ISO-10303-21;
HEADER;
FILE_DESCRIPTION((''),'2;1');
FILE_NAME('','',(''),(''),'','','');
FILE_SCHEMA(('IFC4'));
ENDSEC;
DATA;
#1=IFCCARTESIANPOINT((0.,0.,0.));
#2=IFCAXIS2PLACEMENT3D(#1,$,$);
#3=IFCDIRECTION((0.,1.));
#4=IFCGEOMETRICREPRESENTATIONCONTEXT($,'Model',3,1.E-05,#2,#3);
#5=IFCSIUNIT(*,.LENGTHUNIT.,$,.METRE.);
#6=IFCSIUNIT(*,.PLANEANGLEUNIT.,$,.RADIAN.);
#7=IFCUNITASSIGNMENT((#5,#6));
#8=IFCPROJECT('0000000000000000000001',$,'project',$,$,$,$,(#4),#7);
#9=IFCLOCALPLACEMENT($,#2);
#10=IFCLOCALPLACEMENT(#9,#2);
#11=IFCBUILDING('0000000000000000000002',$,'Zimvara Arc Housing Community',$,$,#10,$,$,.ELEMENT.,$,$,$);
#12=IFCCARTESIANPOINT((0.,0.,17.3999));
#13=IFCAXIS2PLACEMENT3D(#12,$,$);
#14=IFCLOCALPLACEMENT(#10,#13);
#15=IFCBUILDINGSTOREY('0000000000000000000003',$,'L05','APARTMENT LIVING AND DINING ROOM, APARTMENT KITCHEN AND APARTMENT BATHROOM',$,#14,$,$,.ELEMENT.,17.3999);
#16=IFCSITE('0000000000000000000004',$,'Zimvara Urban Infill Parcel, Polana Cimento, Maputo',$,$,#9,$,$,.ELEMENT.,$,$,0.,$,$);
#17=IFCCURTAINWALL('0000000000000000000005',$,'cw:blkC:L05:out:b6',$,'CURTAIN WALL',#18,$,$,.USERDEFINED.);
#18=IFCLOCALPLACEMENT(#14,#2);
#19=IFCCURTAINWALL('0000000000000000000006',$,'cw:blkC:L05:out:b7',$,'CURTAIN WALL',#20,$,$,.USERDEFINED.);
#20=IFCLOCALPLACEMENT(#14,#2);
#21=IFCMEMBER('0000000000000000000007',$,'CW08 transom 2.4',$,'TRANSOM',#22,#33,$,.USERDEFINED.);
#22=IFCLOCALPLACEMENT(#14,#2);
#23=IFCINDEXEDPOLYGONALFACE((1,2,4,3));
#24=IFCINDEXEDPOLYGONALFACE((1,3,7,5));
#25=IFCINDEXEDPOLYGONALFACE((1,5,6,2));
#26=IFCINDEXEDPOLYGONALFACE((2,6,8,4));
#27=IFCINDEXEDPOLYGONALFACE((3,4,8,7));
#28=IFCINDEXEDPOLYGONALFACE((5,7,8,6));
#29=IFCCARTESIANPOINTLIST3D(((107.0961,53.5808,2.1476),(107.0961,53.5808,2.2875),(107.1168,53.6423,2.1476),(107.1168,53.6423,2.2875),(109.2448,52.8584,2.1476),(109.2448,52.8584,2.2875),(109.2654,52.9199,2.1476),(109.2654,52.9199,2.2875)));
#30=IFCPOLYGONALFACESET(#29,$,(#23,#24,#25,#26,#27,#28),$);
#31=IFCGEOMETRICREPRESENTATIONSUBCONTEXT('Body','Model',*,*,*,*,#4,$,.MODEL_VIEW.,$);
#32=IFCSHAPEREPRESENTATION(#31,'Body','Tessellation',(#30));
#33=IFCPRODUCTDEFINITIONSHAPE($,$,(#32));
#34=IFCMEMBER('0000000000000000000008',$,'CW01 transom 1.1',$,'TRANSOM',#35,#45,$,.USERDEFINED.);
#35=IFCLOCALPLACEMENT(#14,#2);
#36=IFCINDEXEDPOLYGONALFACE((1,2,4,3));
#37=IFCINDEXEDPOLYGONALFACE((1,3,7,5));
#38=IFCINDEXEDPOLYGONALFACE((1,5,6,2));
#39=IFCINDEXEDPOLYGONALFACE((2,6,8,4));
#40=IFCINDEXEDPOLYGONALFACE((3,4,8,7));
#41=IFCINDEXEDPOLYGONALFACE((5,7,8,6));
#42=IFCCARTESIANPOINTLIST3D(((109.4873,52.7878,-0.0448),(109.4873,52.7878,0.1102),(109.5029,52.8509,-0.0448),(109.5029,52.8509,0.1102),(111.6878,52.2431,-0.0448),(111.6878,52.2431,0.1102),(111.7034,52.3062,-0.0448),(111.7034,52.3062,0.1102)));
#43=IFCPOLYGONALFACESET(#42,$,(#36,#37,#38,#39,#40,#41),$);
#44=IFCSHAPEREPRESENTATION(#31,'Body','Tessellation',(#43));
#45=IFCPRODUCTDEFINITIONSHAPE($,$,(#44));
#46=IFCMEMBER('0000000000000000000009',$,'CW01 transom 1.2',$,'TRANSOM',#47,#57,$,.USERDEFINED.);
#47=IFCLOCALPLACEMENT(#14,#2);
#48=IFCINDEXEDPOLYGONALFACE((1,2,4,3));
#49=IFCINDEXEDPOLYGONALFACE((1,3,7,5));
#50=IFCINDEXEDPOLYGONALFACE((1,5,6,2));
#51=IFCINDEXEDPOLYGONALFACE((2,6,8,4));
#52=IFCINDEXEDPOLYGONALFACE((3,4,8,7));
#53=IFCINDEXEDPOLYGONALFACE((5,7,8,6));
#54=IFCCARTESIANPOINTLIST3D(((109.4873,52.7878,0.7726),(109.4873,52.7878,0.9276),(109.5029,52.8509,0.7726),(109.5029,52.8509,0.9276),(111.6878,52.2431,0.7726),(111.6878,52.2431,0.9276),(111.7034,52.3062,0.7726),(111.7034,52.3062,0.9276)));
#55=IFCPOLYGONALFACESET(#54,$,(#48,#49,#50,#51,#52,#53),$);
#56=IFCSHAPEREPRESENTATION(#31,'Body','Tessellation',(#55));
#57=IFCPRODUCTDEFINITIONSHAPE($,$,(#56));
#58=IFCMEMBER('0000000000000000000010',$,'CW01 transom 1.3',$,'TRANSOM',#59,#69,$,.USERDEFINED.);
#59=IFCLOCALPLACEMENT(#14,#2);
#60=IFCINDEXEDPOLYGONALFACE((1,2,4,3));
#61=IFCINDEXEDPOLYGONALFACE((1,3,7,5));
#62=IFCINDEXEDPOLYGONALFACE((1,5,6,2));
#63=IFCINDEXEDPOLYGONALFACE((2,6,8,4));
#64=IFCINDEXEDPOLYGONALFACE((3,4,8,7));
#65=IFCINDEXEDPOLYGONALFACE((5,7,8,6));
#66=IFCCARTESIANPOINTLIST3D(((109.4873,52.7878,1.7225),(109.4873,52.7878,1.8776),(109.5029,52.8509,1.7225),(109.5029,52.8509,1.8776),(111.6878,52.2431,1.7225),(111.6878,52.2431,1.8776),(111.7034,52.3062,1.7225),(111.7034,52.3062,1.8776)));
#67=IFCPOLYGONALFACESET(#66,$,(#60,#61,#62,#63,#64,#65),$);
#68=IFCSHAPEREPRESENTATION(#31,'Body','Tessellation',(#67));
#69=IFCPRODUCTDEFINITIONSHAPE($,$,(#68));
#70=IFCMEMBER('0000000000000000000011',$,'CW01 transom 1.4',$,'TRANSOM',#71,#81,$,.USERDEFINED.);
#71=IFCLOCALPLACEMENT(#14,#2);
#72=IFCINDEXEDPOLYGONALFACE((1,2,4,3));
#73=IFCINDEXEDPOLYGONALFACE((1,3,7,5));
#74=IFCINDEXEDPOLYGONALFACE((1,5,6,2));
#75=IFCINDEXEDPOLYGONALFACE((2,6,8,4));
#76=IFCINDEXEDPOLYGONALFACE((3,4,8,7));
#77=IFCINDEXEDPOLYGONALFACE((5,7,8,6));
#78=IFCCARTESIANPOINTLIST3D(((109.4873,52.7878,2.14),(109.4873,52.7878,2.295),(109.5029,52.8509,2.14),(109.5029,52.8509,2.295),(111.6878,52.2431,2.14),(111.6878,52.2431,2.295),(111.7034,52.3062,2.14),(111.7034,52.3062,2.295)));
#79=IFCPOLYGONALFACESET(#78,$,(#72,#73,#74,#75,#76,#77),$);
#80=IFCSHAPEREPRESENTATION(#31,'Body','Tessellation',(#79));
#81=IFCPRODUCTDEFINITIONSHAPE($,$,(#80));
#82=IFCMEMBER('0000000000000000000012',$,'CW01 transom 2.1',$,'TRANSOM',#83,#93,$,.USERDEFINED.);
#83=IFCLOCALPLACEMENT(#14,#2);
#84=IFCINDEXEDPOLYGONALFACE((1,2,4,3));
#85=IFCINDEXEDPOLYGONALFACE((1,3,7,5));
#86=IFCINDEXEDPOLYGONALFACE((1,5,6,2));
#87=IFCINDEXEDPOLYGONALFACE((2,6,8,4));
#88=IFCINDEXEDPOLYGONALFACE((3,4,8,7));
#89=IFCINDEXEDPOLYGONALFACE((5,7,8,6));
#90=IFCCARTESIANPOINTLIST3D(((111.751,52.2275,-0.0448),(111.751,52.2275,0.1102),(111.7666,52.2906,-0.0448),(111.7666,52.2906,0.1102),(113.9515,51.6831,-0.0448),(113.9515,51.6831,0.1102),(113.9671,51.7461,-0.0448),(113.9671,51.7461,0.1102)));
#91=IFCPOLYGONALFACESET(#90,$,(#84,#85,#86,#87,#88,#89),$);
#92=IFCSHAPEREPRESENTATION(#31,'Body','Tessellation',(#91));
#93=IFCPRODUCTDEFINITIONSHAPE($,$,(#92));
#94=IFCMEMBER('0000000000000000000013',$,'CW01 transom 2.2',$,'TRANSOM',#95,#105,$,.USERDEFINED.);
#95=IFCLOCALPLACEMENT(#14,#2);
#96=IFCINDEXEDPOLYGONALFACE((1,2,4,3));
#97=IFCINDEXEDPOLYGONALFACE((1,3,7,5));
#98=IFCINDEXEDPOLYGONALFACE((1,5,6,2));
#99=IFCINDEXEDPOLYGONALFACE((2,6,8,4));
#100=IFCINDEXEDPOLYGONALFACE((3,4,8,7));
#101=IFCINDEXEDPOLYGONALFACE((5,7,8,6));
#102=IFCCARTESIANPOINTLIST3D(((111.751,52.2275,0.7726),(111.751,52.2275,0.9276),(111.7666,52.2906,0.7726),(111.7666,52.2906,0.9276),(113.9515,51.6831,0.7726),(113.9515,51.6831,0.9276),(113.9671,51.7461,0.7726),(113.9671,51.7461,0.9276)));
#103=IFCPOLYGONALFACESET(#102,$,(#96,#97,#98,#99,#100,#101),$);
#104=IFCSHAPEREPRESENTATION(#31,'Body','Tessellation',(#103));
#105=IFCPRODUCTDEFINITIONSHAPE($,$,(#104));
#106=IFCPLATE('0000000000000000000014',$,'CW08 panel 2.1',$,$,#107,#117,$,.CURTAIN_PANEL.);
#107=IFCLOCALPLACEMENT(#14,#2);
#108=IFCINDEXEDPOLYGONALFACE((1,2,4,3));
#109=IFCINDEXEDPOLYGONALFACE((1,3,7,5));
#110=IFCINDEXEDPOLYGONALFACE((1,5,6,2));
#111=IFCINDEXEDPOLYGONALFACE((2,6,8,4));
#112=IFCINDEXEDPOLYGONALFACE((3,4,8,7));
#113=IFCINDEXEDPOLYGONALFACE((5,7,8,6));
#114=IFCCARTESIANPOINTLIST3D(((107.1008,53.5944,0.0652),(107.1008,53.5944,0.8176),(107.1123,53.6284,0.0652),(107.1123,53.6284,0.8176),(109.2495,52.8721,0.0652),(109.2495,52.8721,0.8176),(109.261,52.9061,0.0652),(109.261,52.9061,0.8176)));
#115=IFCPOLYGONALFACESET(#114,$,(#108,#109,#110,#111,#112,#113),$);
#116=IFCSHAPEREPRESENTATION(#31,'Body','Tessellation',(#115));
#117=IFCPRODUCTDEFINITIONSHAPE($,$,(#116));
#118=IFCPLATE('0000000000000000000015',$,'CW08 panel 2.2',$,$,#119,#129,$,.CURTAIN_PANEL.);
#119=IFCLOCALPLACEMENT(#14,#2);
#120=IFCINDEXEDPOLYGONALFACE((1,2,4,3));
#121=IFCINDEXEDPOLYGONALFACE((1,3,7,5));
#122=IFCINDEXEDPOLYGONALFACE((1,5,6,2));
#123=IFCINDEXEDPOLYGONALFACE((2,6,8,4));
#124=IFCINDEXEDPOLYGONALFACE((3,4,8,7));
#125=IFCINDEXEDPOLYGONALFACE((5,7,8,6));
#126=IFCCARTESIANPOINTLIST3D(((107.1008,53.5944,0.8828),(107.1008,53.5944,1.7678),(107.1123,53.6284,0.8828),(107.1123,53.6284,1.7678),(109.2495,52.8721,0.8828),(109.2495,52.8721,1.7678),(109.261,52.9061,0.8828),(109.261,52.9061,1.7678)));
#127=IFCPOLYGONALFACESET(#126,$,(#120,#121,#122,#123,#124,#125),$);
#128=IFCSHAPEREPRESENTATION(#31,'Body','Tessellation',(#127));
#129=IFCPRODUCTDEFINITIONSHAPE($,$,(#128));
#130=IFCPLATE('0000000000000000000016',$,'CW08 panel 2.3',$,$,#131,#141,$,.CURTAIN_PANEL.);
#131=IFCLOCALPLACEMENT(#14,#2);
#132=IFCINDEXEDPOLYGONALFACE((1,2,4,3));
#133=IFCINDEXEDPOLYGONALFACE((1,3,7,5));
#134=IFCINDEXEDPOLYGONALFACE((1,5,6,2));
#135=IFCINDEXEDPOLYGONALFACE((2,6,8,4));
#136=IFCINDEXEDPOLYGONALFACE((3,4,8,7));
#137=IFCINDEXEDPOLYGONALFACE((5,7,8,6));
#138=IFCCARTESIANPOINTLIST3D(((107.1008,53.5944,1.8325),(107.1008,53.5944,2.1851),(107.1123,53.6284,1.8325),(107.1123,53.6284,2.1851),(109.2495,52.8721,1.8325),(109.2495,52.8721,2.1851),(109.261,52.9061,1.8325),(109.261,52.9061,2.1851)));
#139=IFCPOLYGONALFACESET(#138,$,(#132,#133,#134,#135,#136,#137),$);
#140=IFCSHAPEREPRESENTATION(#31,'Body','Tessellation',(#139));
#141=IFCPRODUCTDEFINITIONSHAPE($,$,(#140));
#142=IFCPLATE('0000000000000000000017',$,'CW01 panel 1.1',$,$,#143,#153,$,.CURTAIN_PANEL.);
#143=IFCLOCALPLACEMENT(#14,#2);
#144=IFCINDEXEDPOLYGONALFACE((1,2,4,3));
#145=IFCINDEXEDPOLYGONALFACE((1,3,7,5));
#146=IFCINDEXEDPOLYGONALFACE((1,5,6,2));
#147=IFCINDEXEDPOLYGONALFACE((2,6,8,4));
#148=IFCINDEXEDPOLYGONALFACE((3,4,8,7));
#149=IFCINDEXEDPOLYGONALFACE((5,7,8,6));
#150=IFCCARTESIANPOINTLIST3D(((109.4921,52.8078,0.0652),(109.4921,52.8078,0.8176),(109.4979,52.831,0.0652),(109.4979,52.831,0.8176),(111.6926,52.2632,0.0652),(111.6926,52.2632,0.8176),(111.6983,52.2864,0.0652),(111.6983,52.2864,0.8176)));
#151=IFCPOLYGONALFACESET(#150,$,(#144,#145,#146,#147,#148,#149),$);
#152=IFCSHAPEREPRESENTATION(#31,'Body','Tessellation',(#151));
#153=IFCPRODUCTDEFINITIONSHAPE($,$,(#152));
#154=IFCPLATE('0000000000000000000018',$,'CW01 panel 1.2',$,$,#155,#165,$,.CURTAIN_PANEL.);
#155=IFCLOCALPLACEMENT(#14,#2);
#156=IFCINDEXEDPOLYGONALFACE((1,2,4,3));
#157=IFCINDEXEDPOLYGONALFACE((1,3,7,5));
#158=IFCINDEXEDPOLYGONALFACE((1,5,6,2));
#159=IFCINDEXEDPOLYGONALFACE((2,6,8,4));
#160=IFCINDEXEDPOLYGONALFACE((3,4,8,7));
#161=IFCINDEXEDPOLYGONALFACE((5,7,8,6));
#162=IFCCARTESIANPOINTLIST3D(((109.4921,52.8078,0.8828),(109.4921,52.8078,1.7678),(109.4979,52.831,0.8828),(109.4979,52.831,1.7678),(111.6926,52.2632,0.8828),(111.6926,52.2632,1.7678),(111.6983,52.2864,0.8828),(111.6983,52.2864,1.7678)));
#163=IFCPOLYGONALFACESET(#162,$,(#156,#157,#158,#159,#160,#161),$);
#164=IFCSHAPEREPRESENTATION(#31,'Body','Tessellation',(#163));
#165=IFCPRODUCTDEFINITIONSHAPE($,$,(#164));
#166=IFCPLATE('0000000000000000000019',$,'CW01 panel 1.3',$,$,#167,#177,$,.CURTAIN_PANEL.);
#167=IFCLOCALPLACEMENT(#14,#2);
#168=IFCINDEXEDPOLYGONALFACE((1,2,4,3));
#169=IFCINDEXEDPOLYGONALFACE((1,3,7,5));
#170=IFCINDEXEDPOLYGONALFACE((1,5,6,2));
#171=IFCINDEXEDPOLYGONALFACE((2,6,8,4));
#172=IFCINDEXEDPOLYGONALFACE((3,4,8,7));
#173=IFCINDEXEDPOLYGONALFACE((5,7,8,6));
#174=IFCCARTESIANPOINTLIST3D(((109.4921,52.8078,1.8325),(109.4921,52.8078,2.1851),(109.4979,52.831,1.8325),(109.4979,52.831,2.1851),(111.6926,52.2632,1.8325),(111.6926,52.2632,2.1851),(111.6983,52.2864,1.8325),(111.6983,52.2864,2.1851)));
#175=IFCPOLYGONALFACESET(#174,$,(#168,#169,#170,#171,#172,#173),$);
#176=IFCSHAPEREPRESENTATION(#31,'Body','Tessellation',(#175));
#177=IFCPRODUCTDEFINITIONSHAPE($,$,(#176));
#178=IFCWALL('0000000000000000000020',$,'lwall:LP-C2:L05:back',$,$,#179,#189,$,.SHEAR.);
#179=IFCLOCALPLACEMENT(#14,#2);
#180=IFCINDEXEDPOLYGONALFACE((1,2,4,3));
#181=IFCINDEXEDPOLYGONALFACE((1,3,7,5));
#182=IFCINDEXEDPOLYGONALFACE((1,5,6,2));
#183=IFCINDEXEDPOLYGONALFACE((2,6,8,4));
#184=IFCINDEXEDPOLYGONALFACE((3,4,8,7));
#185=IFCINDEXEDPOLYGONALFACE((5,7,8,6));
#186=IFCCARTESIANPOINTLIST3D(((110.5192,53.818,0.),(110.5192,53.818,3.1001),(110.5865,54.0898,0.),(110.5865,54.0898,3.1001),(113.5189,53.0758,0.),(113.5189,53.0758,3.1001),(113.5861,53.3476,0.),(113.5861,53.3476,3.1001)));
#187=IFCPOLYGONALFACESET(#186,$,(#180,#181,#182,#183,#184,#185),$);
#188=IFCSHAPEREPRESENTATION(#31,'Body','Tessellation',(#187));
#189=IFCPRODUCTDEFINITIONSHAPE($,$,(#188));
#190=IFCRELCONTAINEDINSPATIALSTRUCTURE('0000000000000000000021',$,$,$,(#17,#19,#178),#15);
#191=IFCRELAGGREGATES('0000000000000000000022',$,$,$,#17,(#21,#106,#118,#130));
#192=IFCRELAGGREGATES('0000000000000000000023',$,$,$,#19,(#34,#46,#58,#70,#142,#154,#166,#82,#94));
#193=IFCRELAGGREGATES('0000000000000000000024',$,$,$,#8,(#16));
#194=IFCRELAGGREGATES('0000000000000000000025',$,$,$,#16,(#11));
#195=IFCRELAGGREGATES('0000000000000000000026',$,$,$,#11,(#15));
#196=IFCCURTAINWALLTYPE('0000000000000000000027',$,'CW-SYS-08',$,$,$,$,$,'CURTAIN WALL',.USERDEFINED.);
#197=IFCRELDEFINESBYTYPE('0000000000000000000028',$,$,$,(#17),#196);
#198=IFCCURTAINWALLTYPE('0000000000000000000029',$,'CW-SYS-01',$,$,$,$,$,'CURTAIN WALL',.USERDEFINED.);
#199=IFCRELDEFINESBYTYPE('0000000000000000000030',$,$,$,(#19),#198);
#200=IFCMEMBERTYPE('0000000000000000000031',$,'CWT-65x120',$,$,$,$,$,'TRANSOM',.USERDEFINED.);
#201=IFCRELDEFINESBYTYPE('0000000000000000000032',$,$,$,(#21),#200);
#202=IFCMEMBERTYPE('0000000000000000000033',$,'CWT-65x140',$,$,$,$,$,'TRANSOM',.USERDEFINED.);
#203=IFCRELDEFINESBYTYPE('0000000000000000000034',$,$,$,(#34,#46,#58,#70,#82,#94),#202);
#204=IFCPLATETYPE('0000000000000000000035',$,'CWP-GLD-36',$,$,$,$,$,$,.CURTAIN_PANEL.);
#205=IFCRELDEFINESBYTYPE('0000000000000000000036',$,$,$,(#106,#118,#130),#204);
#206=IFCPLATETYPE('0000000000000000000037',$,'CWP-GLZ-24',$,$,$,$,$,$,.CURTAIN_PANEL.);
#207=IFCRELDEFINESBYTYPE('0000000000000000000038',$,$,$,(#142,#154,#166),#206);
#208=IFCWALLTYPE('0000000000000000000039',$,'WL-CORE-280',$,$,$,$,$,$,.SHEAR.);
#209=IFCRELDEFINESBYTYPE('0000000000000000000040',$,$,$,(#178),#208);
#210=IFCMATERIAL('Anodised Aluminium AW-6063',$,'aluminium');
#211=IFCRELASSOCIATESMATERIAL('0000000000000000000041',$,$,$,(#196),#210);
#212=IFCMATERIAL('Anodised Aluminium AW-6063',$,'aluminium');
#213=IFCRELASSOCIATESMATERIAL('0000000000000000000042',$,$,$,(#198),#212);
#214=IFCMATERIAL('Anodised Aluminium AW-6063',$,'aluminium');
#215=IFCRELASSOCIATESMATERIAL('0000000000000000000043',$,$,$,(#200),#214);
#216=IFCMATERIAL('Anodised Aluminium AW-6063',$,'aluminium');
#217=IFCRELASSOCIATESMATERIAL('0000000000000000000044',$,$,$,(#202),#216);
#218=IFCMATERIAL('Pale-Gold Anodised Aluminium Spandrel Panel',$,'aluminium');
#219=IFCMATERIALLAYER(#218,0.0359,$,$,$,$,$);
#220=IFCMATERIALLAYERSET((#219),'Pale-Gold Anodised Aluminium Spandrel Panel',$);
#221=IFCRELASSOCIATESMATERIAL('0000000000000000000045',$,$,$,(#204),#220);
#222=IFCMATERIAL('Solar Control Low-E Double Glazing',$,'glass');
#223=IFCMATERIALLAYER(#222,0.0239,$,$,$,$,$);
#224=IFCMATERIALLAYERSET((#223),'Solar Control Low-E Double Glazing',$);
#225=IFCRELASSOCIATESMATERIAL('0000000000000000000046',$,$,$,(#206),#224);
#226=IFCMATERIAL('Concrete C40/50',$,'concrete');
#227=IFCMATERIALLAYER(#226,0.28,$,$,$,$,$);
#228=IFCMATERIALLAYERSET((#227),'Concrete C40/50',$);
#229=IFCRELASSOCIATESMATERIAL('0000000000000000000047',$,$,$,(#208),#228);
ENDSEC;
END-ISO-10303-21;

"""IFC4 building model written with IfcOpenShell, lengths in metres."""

from ifc_helpers import new_model, si_unit, direction, frame, frame_2d, origin, origin_2d, place, context, subcontext, project, spatial, rectangle, extrude, material, layer, layer_set, material_profile, profile_set, type_object, element, aggregate, save


model = new_model("IFC4")

# Units and contexts
model_context = context("Model", 3, precision=1e-05, world=origin(), true_north=direction((0.0, 1.0)))
body_context = subcontext(model_context, "Body", "Model", "MODEL_VIEW")
ifc_project = project(units=[si_unit("LENGTHUNIT", "METRE"), si_unit("PLANEANGLEUNIT", "RADIAN")], contexts=[model_context])

# Site, building, storey
site_placement = place(None, origin())
site = spatial("IfcSite", under=ifc_project, at=site_placement, Name="Zimvara Urban Infill Parcel, Polana Cimento, Maputo", CompositionType="ELEMENT", RefElevation=0.0)
building_placement = place(site_placement, origin())
building = spatial("IfcBuilding", under=site, at=building_placement, Name="Zimvara Arc Housing Community", CompositionType="ELEMENT")
storey_placement = place(building_placement, frame((0.0, 0.0, 17.3999)))
storey = spatial("IfcBuildingStorey", under=building, at=storey_placement, Name="L05", Description="APARTMENT LIVING AND DINING ROOM, APARTMENT KITCHEN AND APARTMENT BATHROOM", CompositionType="ELEMENT", Elevation=17.3999)

# Curtain walls
ifc_material_1 = material(Name="Anodised Aluminium AW-6063", Category="aluminium")
curtain_wall_type_1 = type_object("IfcCurtainWallType", Name="CW-SYS-08", ElementType="CURTAIN WALL", PredefinedType="USERDEFINED", material=ifc_material_1)
curtain_wall_1_placement = place(storey_placement, origin())
curtain_wall_1 = element("IfcCurtainWall", 1, at=curtain_wall_1_placement, inside=storey, type_object=curtain_wall_type_1, Name="cw:blkC:L05:out:b6", ObjectType="CURTAIN WALL", PredefinedType="USERDEFINED")
ifc_material_2 = material(Name="Anodised Aluminium AW-6063", Category="aluminium")
curtain_wall_type_2 = type_object("IfcCurtainWallType", Name="CW-SYS-01", ElementType="CURTAIN WALL", PredefinedType="USERDEFINED", material=ifc_material_2)
curtain_wall_2_placement = place(storey_placement, origin())
curtain_wall_2 = element("IfcCurtainWall", 2, at=curtain_wall_2_placement, inside=storey, type_object=curtain_wall_type_2, Name="cw:blkC:L05:out:b7", ObjectType="CURTAIN WALL", PredefinedType="USERDEFINED")

# Members
ifc_material_3 = material(Name="Anodised Aluminium AW-6063", Category="aluminium")
ifc_material_profile_1 = material_profile(ifc_material_3, rectangle(XDim=0.0649, YDim=0.1399, at=origin_2d()), Name="ALU 65x140")
ifc_profile_set_1 = profile_set([ifc_material_profile_1], Name="Anodised Aluminium AW-6063")
member_type_1 = type_object("IfcMemberType", Name="CWT-65x120", ElementType="TRANSOM", PredefinedType="USERDEFINED", material=ifc_profile_set_1)
member_1_placement = place(storey_placement, frame((107.1064, 53.6116, 2.2175), z_axis=(0.947862, -0.318682, 0.0), x_axis=(0.318682, 0.947862, 0.0)))
member_1 = element("IfcMember", 3, at=member_1_placement, type_object=member_type_1, Name="CW08 transom 2.4", ObjectType="TRANSOM", PredefinedType="USERDEFINED", context=body_context, shape_type="SweptSolid", body=[
    extrude(rectangle(XDim=0.0649, YDim=0.1399, at=origin_2d()), origin(), (0.0, 0.0, 1.0), 2.2668),
])
ifc_material_4 = material(Name="Anodised Aluminium AW-6063", Category="aluminium")
ifc_material_profile_2 = material_profile(ifc_material_4, rectangle(XDim=0.0649, YDim=0.155, at=origin_2d()), Name="ALU 65x155")
ifc_profile_set_2 = profile_set([ifc_material_profile_2], Name="Anodised Aluminium AW-6063")
member_type_2 = type_object("IfcMemberType", Name="CWT-65x140", ElementType="TRANSOM", PredefinedType="USERDEFINED", material=ifc_profile_set_2)
member_2_placement = place(storey_placement, frame((109.4951, 52.8193, 0.0327), z_axis=(0.970704, -0.24028, 0.0), x_axis=(0.24028, 0.970704, 0.0)))
member_2 = element("IfcMember", 4, at=member_2_placement, type_object=member_type_2, Name="CW01 transom 1.1", ObjectType="TRANSOM", PredefinedType="USERDEFINED", context=body_context, shape_type="SweptSolid", body=[
    extrude(rectangle(XDim=0.0649, YDim=0.155, at=origin_2d()), origin(), (0.0, 0.0, 1.0), 2.2668),
])
member_3_placement = place(storey_placement, frame((109.4951, 52.8193, 0.8501), z_axis=(0.970704, -0.24028, 0.0), x_axis=(0.24028, 0.970704, 0.0)))
member_3 = element("IfcMember", 5, at=member_3_placement, type_object=member_type_2, Name="CW01 transom 1.2", ObjectType="TRANSOM", PredefinedType="USERDEFINED", context=body_context, shape_type="SweptSolid", body=[
    extrude(rectangle(XDim=0.0649, YDim=0.155, at=origin_2d()), origin(), (0.0, 0.0, 1.0), 2.2668),
])
member_4_placement = place(storey_placement, frame((109.4951, 52.8193, 1.8), z_axis=(0.970704, -0.24028, 0.0), x_axis=(0.24028, 0.970704, 0.0)))
member_4 = element("IfcMember", 6, at=member_4_placement, type_object=member_type_2, Name="CW01 transom 1.3", ObjectType="TRANSOM", PredefinedType="USERDEFINED", context=body_context, shape_type="SweptSolid", body=[
    extrude(rectangle(XDim=0.0649, YDim=0.155, at=origin_2d()), origin(), (0.0, 0.0, 1.0), 2.2668),
])
member_5_placement = place(storey_placement, frame((109.4951, 52.8193, 2.2175), z_axis=(0.970704, -0.24028, 0.0), x_axis=(0.24028, 0.970704, 0.0)))
member_5 = element("IfcMember", 7, at=member_5_placement, type_object=member_type_2, Name="CW01 transom 1.4", ObjectType="TRANSOM", PredefinedType="USERDEFINED", context=body_context, shape_type="SweptSolid", body=[
    extrude(rectangle(XDim=0.0649, YDim=0.155, at=origin_2d()), origin(), (0.0, 0.0, 1.0), 2.2668),
])
member_6_placement = place(storey_placement, frame((111.7588, 52.259, 0.0327), z_axis=(0.970729, -0.240178, 0.0), x_axis=(0.240178, 0.970729, 0.0)))
member_6 = element("IfcMember", 8, at=member_6_placement, type_object=member_type_2, Name="CW01 transom 2.1", ObjectType="TRANSOM", PredefinedType="USERDEFINED", context=body_context, shape_type="SweptSolid", body=[
    extrude(rectangle(XDim=0.0649, YDim=0.155, at=origin_2d()), origin(), (0.0, 0.0, 1.0), 2.2668),
])
member_7_placement = place(storey_placement, frame((111.7588, 52.259, 0.8501), z_axis=(0.970729, -0.240178, 0.0), x_axis=(0.240178, 0.970729, 0.0)))
member_7 = element("IfcMember", 9, at=member_7_placement, type_object=member_type_2, Name="CW01 transom 2.2", ObjectType="TRANSOM", PredefinedType="USERDEFINED", context=body_context, shape_type="SweptSolid", body=[
    extrude(rectangle(XDim=0.0649, YDim=0.155, at=origin_2d()), origin(), (0.0, 0.0, 1.0), 2.2668),
])

# Plates
ifc_material_5 = material(Name="Pale-Gold Anodised Aluminium Spandrel Panel", Category="aluminium")
ifc_layer_1 = layer(ifc_material_5, 0.0359)
ifc_layer_set_1 = layer_set([ifc_layer_1], Name="Pale-Gold Anodised Aluminium Spandrel Panel")
plate_type_1 = type_object("IfcPlateType", Name="CWP-GLD-36", PredefinedType="CURTAIN_PANEL", material=ifc_layer_set_1)
plate_1_placement = place(storey_placement, frame((108.1809, 53.2502, 0.0652), z_axis=(0.0, 0.0, 1.0), x_axis=(0.94788, -0.318629, 0.0)))
plate_1 = element("IfcPlate", 10, at=plate_1_placement, type_object=plate_type_1, Name="CW08 panel 2.1", PredefinedType="CURTAIN_PANEL", context=body_context, shape_type="SweptSolid", body=[
    extrude(rectangle(XDim=2.2668, YDim=0.0359, at=origin_2d()), origin(), (0.0, 0.0, 1.0), 0.7524),
])
plate_2_placement = place(storey_placement, frame((108.1809, 53.2502, 0.8828), z_axis=(0.0, 0.0, 1.0), x_axis=(0.94788, -0.318629, 0.0)))
plate_2 = element("IfcPlate", 11, at=plate_2_placement, type_object=plate_type_1, Name="CW08 panel 2.2", PredefinedType="CURTAIN_PANEL", context=body_context, shape_type="SweptSolid", body=[
    extrude(rectangle(XDim=2.2668, YDim=0.0359, at=origin_2d()), origin(), (0.0, 0.0, 1.0), 0.885),
])
plate_3_placement = place(storey_placement, frame((108.1809, 53.2502, 1.8325), z_axis=(0.0, 0.0, 1.0), x_axis=(0.94788, -0.318629, 0.0)))
plate_3 = element("IfcPlate", 12, at=plate_3_placement, type_object=plate_type_1, Name="CW08 panel 2.3", PredefinedType="CURTAIN_PANEL", context=body_context, shape_type="SweptSolid", body=[
    extrude(rectangle(XDim=2.2668, YDim=0.0359, at=origin_2d()), origin(), (0.0, 0.0, 1.0), 0.3525),
])
aggregate(curtain_wall_1, [member_1, plate_1, plate_2, plate_3])
ifc_material_6 = material(Name="Solar Control Low-E Double Glazing", Category="glass")
ifc_layer_2 = layer(ifc_material_6, 0.0239)
ifc_layer_set_2 = layer_set([ifc_layer_2], Name="Solar Control Low-E Double Glazing")
plate_type_2 = type_object("IfcPlateType", Name="CWP-GLZ-24", PredefinedType="CURTAIN_PANEL", material=ifc_layer_set_2)
plate_4_placement = place(storey_placement, frame((110.5952, 52.5471, 0.0652), z_axis=(0.0, 0.0, 1.0), x_axis=(0.970716, -0.24023, 0.0)))
plate_4 = element("IfcPlate", 13, at=plate_4_placement, type_object=plate_type_2, Name="CW01 panel 1.1", PredefinedType="CURTAIN_PANEL", context=body_context, shape_type="SweptSolid", body=[
    extrude(rectangle(XDim=2.2668, YDim=0.0239, at=origin_2d()), origin(), (0.0, 0.0, 1.0), 0.7524),
])
plate_5_placement = place(storey_placement, frame((110.5952, 52.5471, 0.8828), z_axis=(0.0, 0.0, 1.0), x_axis=(0.970716, -0.24023, 0.0)))
plate_5 = element("IfcPlate", 14, at=plate_5_placement, type_object=plate_type_2, Name="CW01 panel 1.2", PredefinedType="CURTAIN_PANEL", context=body_context, shape_type="SweptSolid", body=[
    extrude(rectangle(XDim=2.2668, YDim=0.0239, at=origin_2d()), origin(), (0.0, 0.0, 1.0), 0.885),
])
plate_6_placement = place(storey_placement, frame((110.5952, 52.5471, 1.8325), z_axis=(0.0, 0.0, 1.0), x_axis=(0.970716, -0.24023, 0.0)))
plate_6 = element("IfcPlate", 15, at=plate_6_placement, type_object=plate_type_2, Name="CW01 panel 1.3", PredefinedType="CURTAIN_PANEL", context=body_context, shape_type="SweptSolid", body=[
    extrude(rectangle(XDim=2.2668, YDim=0.0239, at=origin_2d()), origin(), (0.0, 0.0, 1.0), 0.3525),
])
aggregate(curtain_wall_2, [member_2, member_3, member_4, member_5, plate_4, plate_5, plate_6, member_6, member_7])

# Shared definitions
ifc_material_7 = material(Name="Concrete C40/50", Category="concrete")
ifc_layer_3 = layer(ifc_material_7, 0.28)
ifc_layer_set_3 = layer_set([ifc_layer_3], Name="Concrete C40/50")
wall_type = type_object("IfcWallType", Name="WL-CORE-280", PredefinedType="SHEAR", material=ifc_layer_set_3)

# Wall
wall_1_placement = place(storey_placement, frame((110.553, 53.9539, 0.0), z_axis=(0.0, 0.0, 1.0), x_axis=(0.970725, -0.240192, 0.0)))
element("IfcWall", 16, at=wall_1_placement, inside=storey, type_object=wall_type, Name="lwall:LP-C2:L05:back", PredefinedType="SHEAR", context=body_context, shape_type="SweptSolid", body=[
    extrude(rectangle(XDim=3.0901, YDim=0.28, at=frame_2d((1.5449, 0.0))), origin(), (0.0, 0.0, 1.0), 3.1001),
])

save(model, "model.ifc")
